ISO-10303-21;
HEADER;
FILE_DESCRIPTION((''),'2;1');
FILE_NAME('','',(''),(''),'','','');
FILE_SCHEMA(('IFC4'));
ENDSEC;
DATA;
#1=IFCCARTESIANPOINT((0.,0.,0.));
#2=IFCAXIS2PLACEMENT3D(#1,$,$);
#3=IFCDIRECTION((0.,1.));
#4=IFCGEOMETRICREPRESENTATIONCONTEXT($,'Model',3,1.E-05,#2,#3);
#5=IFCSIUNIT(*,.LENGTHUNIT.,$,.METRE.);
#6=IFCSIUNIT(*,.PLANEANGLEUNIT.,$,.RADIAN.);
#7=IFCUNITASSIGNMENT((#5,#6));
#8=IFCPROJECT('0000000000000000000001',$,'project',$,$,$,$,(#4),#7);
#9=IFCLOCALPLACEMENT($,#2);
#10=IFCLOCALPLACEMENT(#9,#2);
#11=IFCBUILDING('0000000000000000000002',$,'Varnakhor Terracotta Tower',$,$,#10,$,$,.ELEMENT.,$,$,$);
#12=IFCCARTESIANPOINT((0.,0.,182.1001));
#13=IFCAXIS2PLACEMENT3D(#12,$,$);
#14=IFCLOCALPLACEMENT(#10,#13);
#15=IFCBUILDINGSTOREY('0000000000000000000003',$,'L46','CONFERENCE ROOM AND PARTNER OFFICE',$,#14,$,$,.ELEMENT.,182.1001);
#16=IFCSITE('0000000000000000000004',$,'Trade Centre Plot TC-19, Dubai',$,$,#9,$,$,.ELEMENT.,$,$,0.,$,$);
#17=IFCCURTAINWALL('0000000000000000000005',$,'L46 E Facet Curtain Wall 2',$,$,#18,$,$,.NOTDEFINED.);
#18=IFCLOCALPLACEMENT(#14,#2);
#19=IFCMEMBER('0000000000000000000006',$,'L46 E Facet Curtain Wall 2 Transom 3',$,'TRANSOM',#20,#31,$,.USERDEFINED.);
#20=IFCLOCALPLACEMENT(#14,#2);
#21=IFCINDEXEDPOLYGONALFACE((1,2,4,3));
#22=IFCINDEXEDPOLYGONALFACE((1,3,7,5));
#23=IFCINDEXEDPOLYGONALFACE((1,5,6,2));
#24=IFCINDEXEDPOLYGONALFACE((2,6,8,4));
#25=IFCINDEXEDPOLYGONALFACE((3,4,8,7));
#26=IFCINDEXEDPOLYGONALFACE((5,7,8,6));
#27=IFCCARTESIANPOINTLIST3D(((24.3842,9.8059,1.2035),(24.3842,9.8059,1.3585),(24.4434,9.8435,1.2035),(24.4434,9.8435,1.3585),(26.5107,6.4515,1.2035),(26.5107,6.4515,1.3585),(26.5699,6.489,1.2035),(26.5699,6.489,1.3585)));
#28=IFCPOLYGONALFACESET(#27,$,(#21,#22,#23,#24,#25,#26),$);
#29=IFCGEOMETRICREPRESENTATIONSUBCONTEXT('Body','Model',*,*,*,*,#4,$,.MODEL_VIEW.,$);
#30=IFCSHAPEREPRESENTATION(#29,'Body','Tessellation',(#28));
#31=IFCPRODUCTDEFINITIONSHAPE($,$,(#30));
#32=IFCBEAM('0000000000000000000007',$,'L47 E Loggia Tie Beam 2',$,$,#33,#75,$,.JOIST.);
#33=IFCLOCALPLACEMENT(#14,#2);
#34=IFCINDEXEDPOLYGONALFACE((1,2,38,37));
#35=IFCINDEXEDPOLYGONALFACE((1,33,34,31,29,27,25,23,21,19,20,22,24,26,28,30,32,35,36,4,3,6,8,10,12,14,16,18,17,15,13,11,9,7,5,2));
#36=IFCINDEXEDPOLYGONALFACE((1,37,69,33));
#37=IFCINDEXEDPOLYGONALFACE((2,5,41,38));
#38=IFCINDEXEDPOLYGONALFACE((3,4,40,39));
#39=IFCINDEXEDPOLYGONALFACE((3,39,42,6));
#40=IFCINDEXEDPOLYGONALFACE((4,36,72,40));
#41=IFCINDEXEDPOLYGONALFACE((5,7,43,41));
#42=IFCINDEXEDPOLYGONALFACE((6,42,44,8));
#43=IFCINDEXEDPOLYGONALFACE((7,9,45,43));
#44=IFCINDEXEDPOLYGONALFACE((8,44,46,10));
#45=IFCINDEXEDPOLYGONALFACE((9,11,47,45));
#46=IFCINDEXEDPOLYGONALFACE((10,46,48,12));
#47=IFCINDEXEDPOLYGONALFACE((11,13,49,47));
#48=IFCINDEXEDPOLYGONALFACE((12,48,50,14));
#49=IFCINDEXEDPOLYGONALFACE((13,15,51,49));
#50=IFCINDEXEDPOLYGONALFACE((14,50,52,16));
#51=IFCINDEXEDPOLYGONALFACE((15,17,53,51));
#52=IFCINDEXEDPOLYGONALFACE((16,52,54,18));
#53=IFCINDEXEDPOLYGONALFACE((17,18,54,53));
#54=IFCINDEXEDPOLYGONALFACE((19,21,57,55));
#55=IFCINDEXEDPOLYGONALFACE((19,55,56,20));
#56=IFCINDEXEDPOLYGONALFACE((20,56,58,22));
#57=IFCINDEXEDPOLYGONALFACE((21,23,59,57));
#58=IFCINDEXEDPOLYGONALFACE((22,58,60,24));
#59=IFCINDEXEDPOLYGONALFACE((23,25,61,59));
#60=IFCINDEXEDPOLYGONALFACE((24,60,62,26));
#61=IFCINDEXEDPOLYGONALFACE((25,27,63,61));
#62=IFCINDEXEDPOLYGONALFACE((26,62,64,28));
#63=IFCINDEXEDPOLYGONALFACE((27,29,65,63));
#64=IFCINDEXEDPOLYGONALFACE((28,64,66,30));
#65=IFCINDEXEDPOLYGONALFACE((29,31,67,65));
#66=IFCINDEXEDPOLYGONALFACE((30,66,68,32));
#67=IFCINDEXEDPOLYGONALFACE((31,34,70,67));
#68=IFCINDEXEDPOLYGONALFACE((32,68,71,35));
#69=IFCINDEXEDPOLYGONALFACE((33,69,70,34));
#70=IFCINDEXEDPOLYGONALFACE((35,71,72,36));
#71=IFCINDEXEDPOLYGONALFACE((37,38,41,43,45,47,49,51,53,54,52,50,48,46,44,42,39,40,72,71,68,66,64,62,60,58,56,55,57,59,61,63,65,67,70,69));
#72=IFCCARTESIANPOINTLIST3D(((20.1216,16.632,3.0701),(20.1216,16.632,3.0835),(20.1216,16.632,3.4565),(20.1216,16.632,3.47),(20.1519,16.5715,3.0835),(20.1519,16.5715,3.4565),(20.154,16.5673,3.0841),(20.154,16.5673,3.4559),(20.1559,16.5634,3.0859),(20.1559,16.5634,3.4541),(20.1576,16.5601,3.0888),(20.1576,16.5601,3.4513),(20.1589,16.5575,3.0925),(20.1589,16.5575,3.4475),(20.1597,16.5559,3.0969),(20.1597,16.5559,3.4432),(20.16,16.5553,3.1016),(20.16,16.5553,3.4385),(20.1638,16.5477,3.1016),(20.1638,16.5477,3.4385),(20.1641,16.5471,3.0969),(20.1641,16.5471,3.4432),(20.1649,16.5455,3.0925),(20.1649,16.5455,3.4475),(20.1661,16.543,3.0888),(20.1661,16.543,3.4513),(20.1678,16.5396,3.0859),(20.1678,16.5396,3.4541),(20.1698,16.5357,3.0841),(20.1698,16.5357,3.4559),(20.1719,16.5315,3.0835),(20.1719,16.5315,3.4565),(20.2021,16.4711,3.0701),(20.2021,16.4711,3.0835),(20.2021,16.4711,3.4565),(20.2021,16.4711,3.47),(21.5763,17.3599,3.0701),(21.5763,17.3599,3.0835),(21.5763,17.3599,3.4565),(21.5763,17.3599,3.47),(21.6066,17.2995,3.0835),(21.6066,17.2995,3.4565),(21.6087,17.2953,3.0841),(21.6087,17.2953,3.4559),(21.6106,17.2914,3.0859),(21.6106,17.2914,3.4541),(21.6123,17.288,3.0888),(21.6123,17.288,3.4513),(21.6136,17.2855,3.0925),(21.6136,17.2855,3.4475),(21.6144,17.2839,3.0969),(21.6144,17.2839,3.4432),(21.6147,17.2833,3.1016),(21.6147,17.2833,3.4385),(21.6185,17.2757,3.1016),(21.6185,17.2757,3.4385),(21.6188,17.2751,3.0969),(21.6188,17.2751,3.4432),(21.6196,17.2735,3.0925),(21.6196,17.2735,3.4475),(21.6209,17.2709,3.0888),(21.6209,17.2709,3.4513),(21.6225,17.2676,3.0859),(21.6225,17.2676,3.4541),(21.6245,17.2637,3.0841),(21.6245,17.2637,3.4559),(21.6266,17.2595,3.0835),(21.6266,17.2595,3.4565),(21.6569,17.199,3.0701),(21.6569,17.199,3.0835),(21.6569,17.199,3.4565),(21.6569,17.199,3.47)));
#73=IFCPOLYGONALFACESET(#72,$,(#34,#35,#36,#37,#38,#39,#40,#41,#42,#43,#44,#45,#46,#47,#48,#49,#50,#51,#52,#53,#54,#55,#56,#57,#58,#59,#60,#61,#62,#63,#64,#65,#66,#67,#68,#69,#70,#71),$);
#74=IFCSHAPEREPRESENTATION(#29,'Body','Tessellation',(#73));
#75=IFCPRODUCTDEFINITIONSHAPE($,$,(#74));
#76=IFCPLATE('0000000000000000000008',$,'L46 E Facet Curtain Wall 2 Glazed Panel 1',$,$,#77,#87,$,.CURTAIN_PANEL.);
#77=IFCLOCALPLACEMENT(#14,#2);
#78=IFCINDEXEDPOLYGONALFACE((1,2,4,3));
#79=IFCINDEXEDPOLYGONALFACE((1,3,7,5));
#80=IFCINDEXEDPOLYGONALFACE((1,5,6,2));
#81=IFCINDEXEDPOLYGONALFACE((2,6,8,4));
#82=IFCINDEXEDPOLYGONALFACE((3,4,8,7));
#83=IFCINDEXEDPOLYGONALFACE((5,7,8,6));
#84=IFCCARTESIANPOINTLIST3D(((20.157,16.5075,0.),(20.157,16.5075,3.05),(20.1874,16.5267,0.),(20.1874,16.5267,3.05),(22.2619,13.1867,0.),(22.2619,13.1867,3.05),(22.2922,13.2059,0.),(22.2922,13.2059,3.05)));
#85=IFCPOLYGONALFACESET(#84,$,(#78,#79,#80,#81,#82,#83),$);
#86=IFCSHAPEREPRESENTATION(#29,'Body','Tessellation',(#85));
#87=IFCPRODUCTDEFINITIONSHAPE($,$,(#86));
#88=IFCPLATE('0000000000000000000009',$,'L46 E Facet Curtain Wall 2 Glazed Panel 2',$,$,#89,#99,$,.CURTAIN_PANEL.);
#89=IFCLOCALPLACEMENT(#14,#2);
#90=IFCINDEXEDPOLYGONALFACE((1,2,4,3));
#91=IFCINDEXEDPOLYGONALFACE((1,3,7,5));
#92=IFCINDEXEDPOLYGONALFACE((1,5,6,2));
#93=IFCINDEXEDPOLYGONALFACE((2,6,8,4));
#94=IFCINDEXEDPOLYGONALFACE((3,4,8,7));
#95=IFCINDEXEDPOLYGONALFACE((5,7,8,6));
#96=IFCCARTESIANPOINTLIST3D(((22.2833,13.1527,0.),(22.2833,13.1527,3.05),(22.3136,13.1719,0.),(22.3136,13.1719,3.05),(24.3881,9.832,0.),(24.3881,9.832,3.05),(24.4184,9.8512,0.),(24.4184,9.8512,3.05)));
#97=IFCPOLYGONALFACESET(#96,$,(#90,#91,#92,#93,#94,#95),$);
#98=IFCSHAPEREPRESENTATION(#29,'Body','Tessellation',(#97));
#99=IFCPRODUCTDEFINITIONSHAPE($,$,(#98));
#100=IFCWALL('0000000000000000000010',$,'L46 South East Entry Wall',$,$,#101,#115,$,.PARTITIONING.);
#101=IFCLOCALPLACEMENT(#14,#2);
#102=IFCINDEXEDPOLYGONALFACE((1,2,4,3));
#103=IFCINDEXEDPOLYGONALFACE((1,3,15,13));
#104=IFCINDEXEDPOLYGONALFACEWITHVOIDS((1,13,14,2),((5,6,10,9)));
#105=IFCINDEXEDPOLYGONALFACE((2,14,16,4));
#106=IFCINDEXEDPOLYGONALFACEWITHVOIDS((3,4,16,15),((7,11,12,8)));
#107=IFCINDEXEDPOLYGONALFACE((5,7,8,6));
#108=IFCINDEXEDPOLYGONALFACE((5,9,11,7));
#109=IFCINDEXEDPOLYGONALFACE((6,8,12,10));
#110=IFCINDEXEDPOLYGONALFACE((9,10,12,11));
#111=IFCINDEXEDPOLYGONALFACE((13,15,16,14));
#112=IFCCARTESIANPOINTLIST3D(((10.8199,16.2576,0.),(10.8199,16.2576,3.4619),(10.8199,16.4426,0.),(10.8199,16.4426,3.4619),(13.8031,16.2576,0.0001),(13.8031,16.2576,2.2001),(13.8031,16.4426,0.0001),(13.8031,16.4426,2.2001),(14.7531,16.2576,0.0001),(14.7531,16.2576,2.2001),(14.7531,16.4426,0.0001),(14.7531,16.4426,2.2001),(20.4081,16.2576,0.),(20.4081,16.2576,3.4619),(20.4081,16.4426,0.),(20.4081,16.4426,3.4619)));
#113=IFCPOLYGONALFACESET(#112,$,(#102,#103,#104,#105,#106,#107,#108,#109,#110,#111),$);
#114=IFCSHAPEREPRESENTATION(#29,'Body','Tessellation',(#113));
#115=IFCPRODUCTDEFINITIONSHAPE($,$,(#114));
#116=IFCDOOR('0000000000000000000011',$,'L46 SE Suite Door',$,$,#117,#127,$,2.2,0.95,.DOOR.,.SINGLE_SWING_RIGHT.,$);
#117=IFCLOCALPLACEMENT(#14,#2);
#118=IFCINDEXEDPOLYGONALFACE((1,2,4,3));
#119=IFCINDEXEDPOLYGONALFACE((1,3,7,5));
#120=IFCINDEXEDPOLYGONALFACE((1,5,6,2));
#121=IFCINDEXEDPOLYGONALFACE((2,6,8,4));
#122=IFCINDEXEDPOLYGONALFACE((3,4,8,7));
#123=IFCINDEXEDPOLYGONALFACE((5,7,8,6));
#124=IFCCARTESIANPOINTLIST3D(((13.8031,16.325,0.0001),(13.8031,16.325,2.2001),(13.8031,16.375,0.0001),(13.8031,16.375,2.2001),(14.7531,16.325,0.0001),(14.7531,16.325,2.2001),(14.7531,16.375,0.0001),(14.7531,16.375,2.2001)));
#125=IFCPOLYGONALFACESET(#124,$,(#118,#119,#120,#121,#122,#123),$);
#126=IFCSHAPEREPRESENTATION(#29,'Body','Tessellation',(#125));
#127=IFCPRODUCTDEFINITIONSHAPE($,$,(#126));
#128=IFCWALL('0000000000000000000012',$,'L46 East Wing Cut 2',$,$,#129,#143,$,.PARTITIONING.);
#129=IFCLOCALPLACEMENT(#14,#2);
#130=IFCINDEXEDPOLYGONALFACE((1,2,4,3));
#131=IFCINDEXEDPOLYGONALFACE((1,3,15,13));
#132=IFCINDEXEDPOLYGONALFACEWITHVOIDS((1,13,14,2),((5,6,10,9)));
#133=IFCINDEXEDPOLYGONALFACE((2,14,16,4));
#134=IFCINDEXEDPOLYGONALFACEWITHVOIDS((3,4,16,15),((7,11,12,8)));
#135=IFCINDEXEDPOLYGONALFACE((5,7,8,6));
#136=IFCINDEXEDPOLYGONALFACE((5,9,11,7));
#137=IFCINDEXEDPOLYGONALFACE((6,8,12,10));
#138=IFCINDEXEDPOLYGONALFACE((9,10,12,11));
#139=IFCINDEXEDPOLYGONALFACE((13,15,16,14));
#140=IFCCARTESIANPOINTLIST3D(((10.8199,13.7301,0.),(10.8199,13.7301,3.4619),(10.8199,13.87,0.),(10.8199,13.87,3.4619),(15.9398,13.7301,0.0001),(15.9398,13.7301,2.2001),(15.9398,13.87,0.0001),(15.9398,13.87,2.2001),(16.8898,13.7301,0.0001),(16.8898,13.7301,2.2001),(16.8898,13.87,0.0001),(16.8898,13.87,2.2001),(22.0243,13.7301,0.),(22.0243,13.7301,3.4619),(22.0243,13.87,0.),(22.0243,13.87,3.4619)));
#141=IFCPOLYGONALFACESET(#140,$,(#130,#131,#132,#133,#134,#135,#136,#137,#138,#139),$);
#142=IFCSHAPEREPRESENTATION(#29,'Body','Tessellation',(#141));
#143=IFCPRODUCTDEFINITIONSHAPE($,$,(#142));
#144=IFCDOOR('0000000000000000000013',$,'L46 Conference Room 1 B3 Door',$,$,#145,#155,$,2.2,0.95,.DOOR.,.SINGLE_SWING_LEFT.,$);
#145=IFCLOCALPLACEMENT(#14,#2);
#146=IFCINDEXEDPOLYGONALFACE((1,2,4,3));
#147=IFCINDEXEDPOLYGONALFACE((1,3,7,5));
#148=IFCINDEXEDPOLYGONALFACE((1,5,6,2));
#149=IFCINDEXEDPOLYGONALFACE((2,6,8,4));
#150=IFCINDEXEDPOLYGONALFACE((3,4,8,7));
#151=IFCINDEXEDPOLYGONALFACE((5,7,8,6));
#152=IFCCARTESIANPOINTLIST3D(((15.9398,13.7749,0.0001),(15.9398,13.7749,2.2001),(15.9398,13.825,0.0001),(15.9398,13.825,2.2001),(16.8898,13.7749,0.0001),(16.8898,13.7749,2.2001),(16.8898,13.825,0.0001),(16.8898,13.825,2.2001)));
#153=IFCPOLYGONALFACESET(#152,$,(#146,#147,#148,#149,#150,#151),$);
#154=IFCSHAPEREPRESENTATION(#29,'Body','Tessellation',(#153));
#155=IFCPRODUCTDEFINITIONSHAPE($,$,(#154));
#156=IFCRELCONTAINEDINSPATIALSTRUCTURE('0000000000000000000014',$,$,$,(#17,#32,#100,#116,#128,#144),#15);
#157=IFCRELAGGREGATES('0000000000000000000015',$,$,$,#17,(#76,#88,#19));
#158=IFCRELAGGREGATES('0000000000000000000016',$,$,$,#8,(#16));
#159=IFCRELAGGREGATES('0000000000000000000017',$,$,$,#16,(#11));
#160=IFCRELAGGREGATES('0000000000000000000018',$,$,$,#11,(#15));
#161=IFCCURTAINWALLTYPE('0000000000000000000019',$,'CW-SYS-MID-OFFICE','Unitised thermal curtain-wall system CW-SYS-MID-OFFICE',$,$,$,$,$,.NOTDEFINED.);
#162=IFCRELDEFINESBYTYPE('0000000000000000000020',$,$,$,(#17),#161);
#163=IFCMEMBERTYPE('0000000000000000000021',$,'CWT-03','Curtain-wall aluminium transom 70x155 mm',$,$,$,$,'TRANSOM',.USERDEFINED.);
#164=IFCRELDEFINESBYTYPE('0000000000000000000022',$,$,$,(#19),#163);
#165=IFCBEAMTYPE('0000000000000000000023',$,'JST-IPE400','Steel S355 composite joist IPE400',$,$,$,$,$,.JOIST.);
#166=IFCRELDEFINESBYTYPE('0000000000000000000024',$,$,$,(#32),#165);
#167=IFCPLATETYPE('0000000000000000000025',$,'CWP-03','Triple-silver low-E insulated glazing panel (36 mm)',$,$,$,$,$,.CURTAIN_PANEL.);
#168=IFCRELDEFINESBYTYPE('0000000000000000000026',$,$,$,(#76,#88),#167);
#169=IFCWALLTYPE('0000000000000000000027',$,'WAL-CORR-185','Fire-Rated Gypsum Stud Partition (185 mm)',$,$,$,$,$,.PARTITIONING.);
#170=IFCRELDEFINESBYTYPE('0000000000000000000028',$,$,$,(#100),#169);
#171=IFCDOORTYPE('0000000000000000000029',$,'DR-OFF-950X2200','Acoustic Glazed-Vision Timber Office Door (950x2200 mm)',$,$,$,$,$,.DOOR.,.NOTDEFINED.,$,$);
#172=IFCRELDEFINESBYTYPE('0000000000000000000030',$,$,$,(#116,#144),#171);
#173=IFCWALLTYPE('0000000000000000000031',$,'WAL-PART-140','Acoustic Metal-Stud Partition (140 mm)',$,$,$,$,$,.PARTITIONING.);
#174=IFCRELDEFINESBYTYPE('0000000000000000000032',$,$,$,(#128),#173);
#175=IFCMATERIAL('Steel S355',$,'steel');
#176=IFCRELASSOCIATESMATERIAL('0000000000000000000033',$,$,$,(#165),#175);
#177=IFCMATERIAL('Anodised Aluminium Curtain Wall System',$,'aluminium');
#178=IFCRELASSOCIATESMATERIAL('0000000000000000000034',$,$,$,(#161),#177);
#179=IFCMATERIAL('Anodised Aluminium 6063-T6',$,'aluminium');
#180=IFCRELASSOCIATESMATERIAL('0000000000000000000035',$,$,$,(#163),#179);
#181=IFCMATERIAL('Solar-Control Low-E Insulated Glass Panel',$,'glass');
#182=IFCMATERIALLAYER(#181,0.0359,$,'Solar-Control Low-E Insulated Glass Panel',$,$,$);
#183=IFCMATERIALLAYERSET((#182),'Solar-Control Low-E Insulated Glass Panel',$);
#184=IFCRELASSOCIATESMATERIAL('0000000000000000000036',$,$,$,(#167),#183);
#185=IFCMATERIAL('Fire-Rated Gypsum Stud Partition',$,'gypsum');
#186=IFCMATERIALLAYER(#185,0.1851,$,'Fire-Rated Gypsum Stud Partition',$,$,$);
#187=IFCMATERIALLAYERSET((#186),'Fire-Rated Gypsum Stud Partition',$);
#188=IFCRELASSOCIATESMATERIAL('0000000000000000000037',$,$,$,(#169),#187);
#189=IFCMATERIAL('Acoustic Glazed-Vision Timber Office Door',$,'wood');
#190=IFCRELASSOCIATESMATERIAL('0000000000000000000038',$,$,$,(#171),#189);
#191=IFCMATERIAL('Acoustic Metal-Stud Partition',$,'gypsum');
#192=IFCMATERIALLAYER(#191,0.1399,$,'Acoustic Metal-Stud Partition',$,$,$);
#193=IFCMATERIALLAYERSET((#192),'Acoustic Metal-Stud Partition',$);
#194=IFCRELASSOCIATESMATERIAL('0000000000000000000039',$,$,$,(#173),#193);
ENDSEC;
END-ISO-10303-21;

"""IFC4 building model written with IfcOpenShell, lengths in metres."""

from ifc_helpers import new_model, si_unit, direction, frame, frame_2d, origin, origin_2d, place, context, subcontext, project, spatial, rectangle, i_section, extrude, source, transform, mapped, material, layer, layer_set, material_profile, profile_set, type_object, type_shapes, element, fill, aggregate, save


model = new_model("IFC4")

# Units and contexts
model_context = context("Model", 3, precision=1e-05, world=origin(), true_north=direction((0.0, 1.0)))
body_context = subcontext(model_context, "Body", "Model", "MODEL_VIEW")
ifc_project = project(units=[si_unit("LENGTHUNIT", "METRE"), si_unit("PLANEANGLEUNIT", "RADIAN")], contexts=[model_context])

# Site, building, storey
site_placement = place(None, origin())
site = spatial("IfcSite", under=ifc_project, at=site_placement, Name="Trade Centre Plot TC-19, Dubai", CompositionType="ELEMENT", RefElevation=0.0)
building_placement = place(site_placement, origin())
building = spatial("IfcBuilding", under=site, at=building_placement, Name="Varnakhor Terracotta Tower", CompositionType="ELEMENT")
storey_placement = place(building_placement, frame((0.0, 0.0, 182.1001)))
storey = spatial("IfcBuildingStorey", under=building, at=storey_placement, Name="L46", Description="CONFERENCE ROOM AND PARTNER OFFICE", CompositionType="ELEMENT", Elevation=182.1001)

# Shared definitions
ifc_material_1 = material(Name="Steel S355", Category="steel")
ifc_material_profile_1 = material_profile(ifc_material_1, i_section(OverallWidth=0.1799, OverallDepth=0.3999, WebThickness=0.0085, FlangeThickness=0.0134, FilletRadius=0.0181, at=origin_2d()), Name="IPE400")
ifc_profile_set_1 = profile_set([ifc_material_profile_1], Name="Steel S355")
beam_type_1 = type_object("IfcBeamType", Name="JST-IPE400", Description="Steel S355 composite joist IPE400", PredefinedType="JOIST", material=ifc_profile_set_1)

# Curtain wall, member
ifc_material_2 = material(Name="Anodised Aluminium Curtain Wall System", Category="aluminium")
curtain_wall_type = type_object("IfcCurtainWallType", Name="CW-SYS-MID-OFFICE", Description="Unitised thermal curtain-wall system CW-SYS-MID-OFFICE", PredefinedType="NOTDEFINED", material=ifc_material_2)
curtain_wall_placement = place(storey_placement, origin())
curtain_wall = element("IfcCurtainWall", 1, at=curtain_wall_placement, inside=storey, type_object=curtain_wall_type, Name="L46 E Facet Curtain Wall 2", PredefinedType="NOTDEFINED")
ifc_material_3 = material(Name="Anodised Aluminium 6063-T6", Category="aluminium")
ifc_material_profile_2 = material_profile(ifc_material_3, rectangle(XDim=0.0701, YDim=0.155, at=origin_2d()), Name="ALU TRANSOM 70x155")
ifc_profile_set_2 = profile_set([ifc_material_profile_2], Name="Anodised Aluminium 6063-T6")
member_type_1 = type_object("IfcMemberType", Name="CWT-03", Description="Curtain-wall aluminium transom 70x155 mm", ElementType="TRANSOM", PredefinedType="USERDEFINED", material=ifc_profile_set_2)
shared_shape_1 = source(origin(), body_context, "Body", "SweptSolid", [
    extrude(rectangle(XDim=0.0701, YDim=0.155, at=origin_2d()), origin(), (0.0, 0.0, 1.0), 3.9717),
])
member_1_placement = place(storey_placement, frame((24.4138, 9.8247, 1.281), z_axis=(0.535403, -0.844597, 0.0), x_axis=(0.844597, 0.535403, 0.0)))
member_1 = element("IfcMember", 2, at=member_1_placement, type_object=member_type_1, Name="L46 E Facet Curtain Wall 2 Transom 3", ObjectType="TRANSOM", PredefinedType="USERDEFINED", context=body_context, shape_type="MappedRepresentation", body=[
    mapped(shared_shape_1, transform((0.0, 0.0, 0.0), scale=1.0)),
])

# Beam
shared_shape_2 = source(origin(), body_context, "Body", "SweptSolid", [
    extrude(i_section(OverallWidth=0.1799, OverallDepth=0.3999, WebThickness=0.0085, FlangeThickness=0.0134, FilletRadius=0.0181, at=origin_2d()), origin(), (0.0, 0.0, 1.0), 1.6267),
])
beam_1_placement = place(storey_placement, frame((20.1619, 16.5515, 3.27), z_axis=(0.894277, 0.447514, 0.0), x_axis=(-0.447514, 0.894277, 0.0)))
element("IfcBeam", 3, at=beam_1_placement, inside=storey, type_object=beam_type_1, Name="L47 E Loggia Tie Beam 2", PredefinedType="JOIST", context=body_context, shape_type="MappedRepresentation", body=[
    mapped(shared_shape_2, transform((0.0, 0.0, 0.0), scale=1.0)),
])

# Plates
ifc_material_4 = material(Name="Solar-Control Low-E Insulated Glass Panel", Category="glass")
ifc_layer_1 = layer(ifc_material_4, 0.0359, Name="Solar-Control Low-E Insulated Glass Panel")
ifc_layer_set_1 = layer_set([ifc_layer_1], Name="Solar-Control Low-E Insulated Glass Panel")
plate_type = type_object("IfcPlateType", Name="CWP-03", Description="Triple-silver low-E insulated glazing panel (36 mm)", PredefinedType="CURTAIN_PANEL", material=ifc_layer_set_1)
shared_shape_3 = source(origin(), body_context, "Body", "SweptSolid", [
    extrude(rectangle(XDim=3.9316, YDim=0.0359, at=origin_2d()), origin(), (0.0, 0.0, 1.0), 3.05),
])
plate_1_placement = place(storey_placement, frame((21.2246, 14.8567, 0.0), z_axis=(0.0, 0.0, 1.0), x_axis=(0.535355, -0.844627, 0.0)))
plate_1 = element("IfcPlate", 4, at=plate_1_placement, type_object=plate_type, Name="L46 E Facet Curtain Wall 2 Glazed Panel 1", PredefinedType="CURTAIN_PANEL", context=body_context, shape_type="MappedRepresentation", body=[
    mapped(shared_shape_3, transform((0.0, 0.0, 0.0), scale=1.0)),
])
plate_2_placement = place(storey_placement, frame((23.3508, 11.502, 0.0), z_axis=(0.0, 0.0, 1.0), x_axis=(0.535355, -0.844627, 0.0)))
plate_2 = element("IfcPlate", 5, at=plate_2_placement, type_object=plate_type, Name="L46 E Facet Curtain Wall 2 Glazed Panel 2", PredefinedType="CURTAIN_PANEL", context=body_context, shape_type="MappedRepresentation", body=[
    mapped(shared_shape_3, transform((0.0, 0.0, 0.0), scale=1.0)),
])
aggregate(curtain_wall, [plate_1, plate_2, member_1])

# Walls, openings, doors
ifc_material_5 = material(Name="Fire-Rated Gypsum Stud Partition", Category="gypsum")
ifc_layer_2 = layer(ifc_material_5, 0.1851, Name="Fire-Rated Gypsum Stud Partition")
ifc_layer_set_2 = layer_set([ifc_layer_2], Name="Fire-Rated Gypsum Stud Partition")
wall_type_1 = type_object("IfcWallType", Name="WAL-CORR-185", Description="Fire-Rated Gypsum Stud Partition (185 mm)", PredefinedType="PARTITIONING", material=ifc_layer_set_2)
wall_1_placement = place(storey_placement, frame((10.8201, 16.3501, 0.0), z_axis=(0.0, 0.0, 1.0), x_axis=(1.0, 0.0, 0.0)))
wall_1 = element("IfcWall", 6, at=wall_1_placement, inside=storey, type_object=wall_type_1, Name="L46 South East Entry Wall", PredefinedType="PARTITIONING", context=body_context, shape_type="SweptSolid", body=[
    extrude(rectangle(XDim=9.5881, YDim=0.1851, at=frame_2d((4.7939, 0.0))), origin(), (0.0, 0.0, 1.0), 3.4619),
])
opening_1_placement = place(wall_1_placement, frame((2.9829, 0.0, 0.0)))
opening_1 = element("IfcOpeningElement", 7, at=opening_1_placement, cuts=wall_1, PredefinedType="OPENING", context=body_context, shape_type="SweptSolid", body=[
    extrude(rectangle(XDim=0.95, YDim=2.2, at=frame_2d((0.4751, 1.1001))), frame((0.0, 0.1025, 0.0), z_axis=(0.0, -1.0, 0.0), x_axis=(1.0, 0.0, 0.0)), (0.0, 0.0, 1.0), 0.2051),
])
ifc_material_6 = material(Name="Acoustic Glazed-Vision Timber Office Door", Category="wood")
door_type = type_object("IfcDoorType", Name="DR-OFF-950X2200", Description="Acoustic Glazed-Vision Timber Office Door (950x2200 mm)", OperationType="NOTDEFINED", PredefinedType="DOOR", material=ifc_material_6)
shared_shape_4 = source(origin(), body_context, "Body", "SweptSolid", [
    extrude(rectangle(XDim=0.95, YDim=2.2, at=frame_2d((0.4751, 1.1001))), frame((0.0, 0.0249, 0.0), z_axis=(0.0, -1.0, 0.0), x_axis=(1.0, 0.0, 0.0)), (0.0, 0.0, 1.0), 0.05),
])
type_shapes(door_type, [shared_shape_4])
door_1_placement = place(opening_1_placement, origin())
door_1 = element("IfcDoor", 8, at=door_1_placement, inside=storey, type_object=door_type, Name="L46 SE Suite Door", OperationType="SINGLE_SWING_RIGHT", OverallHeight=2.2, OverallWidth=0.95, PredefinedType="DOOR", context=body_context, shape_type="MappedRepresentation", body=[
    mapped(shared_shape_4, transform((0.0, 0.0, 0.0), scale=1.0)),
])
fill(opening_1, door_1)
ifc_material_7 = material(Name="Acoustic Metal-Stud Partition", Category="gypsum")
ifc_layer_3 = layer(ifc_material_7, 0.1399, Name="Acoustic Metal-Stud Partition")
ifc_layer_set_3 = layer_set([ifc_layer_3], Name="Acoustic Metal-Stud Partition")
wall_type_2 = type_object("IfcWallType", Name="WAL-PART-140", Description="Acoustic Metal-Stud Partition (140 mm)", PredefinedType="PARTITIONING", material=ifc_layer_set_3)
wall_2_placement = place(storey_placement, frame((10.8201, 13.8, 0.0), z_axis=(0.0, 0.0, 1.0), x_axis=(1.0, 0.0, 0.0)))
wall_2 = element("IfcWall", 9, at=wall_2_placement, inside=storey, type_object=wall_type_2, Name="L46 East Wing Cut 2", PredefinedType="PARTITIONING", context=body_context, shape_type="SweptSolid", body=[
    extrude(rectangle(XDim=11.2043, YDim=0.1399, at=frame_2d((5.6021, 0.0))), origin(), (0.0, 0.0, 1.0), 3.4619),
])
opening_2_placement = place(wall_2_placement, frame((5.1196, 0.0, 0.0)))
opening_2 = element("IfcOpeningElement", 10, at=opening_2_placement, cuts=wall_2, PredefinedType="OPENING", context=body_context, shape_type="SweptSolid", body=[
    extrude(rectangle(XDim=0.95, YDim=2.2, at=frame_2d((0.4751, 1.1001))), frame((0.0, 0.0801, 0.0), z_axis=(0.0, -1.0, 0.0), x_axis=(1.0, 0.0, 0.0)), (0.0, 0.0, 1.0), 0.1599),
])
door_2_placement = place(opening_2_placement, origin())
door_2 = element("IfcDoor", 11, at=door_2_placement, inside=storey, type_object=door_type, Name="L46 Conference Room 1 B3 Door", OperationType="SINGLE_SWING_LEFT", OverallHeight=2.2, OverallWidth=0.95, PredefinedType="DOOR", context=body_context, shape_type="MappedRepresentation", body=[
    mapped(shared_shape_4, transform((0.0, 0.0, 0.0), scale=1.0)),
])
fill(opening_2, door_2)

save(model, "model.ifc")
